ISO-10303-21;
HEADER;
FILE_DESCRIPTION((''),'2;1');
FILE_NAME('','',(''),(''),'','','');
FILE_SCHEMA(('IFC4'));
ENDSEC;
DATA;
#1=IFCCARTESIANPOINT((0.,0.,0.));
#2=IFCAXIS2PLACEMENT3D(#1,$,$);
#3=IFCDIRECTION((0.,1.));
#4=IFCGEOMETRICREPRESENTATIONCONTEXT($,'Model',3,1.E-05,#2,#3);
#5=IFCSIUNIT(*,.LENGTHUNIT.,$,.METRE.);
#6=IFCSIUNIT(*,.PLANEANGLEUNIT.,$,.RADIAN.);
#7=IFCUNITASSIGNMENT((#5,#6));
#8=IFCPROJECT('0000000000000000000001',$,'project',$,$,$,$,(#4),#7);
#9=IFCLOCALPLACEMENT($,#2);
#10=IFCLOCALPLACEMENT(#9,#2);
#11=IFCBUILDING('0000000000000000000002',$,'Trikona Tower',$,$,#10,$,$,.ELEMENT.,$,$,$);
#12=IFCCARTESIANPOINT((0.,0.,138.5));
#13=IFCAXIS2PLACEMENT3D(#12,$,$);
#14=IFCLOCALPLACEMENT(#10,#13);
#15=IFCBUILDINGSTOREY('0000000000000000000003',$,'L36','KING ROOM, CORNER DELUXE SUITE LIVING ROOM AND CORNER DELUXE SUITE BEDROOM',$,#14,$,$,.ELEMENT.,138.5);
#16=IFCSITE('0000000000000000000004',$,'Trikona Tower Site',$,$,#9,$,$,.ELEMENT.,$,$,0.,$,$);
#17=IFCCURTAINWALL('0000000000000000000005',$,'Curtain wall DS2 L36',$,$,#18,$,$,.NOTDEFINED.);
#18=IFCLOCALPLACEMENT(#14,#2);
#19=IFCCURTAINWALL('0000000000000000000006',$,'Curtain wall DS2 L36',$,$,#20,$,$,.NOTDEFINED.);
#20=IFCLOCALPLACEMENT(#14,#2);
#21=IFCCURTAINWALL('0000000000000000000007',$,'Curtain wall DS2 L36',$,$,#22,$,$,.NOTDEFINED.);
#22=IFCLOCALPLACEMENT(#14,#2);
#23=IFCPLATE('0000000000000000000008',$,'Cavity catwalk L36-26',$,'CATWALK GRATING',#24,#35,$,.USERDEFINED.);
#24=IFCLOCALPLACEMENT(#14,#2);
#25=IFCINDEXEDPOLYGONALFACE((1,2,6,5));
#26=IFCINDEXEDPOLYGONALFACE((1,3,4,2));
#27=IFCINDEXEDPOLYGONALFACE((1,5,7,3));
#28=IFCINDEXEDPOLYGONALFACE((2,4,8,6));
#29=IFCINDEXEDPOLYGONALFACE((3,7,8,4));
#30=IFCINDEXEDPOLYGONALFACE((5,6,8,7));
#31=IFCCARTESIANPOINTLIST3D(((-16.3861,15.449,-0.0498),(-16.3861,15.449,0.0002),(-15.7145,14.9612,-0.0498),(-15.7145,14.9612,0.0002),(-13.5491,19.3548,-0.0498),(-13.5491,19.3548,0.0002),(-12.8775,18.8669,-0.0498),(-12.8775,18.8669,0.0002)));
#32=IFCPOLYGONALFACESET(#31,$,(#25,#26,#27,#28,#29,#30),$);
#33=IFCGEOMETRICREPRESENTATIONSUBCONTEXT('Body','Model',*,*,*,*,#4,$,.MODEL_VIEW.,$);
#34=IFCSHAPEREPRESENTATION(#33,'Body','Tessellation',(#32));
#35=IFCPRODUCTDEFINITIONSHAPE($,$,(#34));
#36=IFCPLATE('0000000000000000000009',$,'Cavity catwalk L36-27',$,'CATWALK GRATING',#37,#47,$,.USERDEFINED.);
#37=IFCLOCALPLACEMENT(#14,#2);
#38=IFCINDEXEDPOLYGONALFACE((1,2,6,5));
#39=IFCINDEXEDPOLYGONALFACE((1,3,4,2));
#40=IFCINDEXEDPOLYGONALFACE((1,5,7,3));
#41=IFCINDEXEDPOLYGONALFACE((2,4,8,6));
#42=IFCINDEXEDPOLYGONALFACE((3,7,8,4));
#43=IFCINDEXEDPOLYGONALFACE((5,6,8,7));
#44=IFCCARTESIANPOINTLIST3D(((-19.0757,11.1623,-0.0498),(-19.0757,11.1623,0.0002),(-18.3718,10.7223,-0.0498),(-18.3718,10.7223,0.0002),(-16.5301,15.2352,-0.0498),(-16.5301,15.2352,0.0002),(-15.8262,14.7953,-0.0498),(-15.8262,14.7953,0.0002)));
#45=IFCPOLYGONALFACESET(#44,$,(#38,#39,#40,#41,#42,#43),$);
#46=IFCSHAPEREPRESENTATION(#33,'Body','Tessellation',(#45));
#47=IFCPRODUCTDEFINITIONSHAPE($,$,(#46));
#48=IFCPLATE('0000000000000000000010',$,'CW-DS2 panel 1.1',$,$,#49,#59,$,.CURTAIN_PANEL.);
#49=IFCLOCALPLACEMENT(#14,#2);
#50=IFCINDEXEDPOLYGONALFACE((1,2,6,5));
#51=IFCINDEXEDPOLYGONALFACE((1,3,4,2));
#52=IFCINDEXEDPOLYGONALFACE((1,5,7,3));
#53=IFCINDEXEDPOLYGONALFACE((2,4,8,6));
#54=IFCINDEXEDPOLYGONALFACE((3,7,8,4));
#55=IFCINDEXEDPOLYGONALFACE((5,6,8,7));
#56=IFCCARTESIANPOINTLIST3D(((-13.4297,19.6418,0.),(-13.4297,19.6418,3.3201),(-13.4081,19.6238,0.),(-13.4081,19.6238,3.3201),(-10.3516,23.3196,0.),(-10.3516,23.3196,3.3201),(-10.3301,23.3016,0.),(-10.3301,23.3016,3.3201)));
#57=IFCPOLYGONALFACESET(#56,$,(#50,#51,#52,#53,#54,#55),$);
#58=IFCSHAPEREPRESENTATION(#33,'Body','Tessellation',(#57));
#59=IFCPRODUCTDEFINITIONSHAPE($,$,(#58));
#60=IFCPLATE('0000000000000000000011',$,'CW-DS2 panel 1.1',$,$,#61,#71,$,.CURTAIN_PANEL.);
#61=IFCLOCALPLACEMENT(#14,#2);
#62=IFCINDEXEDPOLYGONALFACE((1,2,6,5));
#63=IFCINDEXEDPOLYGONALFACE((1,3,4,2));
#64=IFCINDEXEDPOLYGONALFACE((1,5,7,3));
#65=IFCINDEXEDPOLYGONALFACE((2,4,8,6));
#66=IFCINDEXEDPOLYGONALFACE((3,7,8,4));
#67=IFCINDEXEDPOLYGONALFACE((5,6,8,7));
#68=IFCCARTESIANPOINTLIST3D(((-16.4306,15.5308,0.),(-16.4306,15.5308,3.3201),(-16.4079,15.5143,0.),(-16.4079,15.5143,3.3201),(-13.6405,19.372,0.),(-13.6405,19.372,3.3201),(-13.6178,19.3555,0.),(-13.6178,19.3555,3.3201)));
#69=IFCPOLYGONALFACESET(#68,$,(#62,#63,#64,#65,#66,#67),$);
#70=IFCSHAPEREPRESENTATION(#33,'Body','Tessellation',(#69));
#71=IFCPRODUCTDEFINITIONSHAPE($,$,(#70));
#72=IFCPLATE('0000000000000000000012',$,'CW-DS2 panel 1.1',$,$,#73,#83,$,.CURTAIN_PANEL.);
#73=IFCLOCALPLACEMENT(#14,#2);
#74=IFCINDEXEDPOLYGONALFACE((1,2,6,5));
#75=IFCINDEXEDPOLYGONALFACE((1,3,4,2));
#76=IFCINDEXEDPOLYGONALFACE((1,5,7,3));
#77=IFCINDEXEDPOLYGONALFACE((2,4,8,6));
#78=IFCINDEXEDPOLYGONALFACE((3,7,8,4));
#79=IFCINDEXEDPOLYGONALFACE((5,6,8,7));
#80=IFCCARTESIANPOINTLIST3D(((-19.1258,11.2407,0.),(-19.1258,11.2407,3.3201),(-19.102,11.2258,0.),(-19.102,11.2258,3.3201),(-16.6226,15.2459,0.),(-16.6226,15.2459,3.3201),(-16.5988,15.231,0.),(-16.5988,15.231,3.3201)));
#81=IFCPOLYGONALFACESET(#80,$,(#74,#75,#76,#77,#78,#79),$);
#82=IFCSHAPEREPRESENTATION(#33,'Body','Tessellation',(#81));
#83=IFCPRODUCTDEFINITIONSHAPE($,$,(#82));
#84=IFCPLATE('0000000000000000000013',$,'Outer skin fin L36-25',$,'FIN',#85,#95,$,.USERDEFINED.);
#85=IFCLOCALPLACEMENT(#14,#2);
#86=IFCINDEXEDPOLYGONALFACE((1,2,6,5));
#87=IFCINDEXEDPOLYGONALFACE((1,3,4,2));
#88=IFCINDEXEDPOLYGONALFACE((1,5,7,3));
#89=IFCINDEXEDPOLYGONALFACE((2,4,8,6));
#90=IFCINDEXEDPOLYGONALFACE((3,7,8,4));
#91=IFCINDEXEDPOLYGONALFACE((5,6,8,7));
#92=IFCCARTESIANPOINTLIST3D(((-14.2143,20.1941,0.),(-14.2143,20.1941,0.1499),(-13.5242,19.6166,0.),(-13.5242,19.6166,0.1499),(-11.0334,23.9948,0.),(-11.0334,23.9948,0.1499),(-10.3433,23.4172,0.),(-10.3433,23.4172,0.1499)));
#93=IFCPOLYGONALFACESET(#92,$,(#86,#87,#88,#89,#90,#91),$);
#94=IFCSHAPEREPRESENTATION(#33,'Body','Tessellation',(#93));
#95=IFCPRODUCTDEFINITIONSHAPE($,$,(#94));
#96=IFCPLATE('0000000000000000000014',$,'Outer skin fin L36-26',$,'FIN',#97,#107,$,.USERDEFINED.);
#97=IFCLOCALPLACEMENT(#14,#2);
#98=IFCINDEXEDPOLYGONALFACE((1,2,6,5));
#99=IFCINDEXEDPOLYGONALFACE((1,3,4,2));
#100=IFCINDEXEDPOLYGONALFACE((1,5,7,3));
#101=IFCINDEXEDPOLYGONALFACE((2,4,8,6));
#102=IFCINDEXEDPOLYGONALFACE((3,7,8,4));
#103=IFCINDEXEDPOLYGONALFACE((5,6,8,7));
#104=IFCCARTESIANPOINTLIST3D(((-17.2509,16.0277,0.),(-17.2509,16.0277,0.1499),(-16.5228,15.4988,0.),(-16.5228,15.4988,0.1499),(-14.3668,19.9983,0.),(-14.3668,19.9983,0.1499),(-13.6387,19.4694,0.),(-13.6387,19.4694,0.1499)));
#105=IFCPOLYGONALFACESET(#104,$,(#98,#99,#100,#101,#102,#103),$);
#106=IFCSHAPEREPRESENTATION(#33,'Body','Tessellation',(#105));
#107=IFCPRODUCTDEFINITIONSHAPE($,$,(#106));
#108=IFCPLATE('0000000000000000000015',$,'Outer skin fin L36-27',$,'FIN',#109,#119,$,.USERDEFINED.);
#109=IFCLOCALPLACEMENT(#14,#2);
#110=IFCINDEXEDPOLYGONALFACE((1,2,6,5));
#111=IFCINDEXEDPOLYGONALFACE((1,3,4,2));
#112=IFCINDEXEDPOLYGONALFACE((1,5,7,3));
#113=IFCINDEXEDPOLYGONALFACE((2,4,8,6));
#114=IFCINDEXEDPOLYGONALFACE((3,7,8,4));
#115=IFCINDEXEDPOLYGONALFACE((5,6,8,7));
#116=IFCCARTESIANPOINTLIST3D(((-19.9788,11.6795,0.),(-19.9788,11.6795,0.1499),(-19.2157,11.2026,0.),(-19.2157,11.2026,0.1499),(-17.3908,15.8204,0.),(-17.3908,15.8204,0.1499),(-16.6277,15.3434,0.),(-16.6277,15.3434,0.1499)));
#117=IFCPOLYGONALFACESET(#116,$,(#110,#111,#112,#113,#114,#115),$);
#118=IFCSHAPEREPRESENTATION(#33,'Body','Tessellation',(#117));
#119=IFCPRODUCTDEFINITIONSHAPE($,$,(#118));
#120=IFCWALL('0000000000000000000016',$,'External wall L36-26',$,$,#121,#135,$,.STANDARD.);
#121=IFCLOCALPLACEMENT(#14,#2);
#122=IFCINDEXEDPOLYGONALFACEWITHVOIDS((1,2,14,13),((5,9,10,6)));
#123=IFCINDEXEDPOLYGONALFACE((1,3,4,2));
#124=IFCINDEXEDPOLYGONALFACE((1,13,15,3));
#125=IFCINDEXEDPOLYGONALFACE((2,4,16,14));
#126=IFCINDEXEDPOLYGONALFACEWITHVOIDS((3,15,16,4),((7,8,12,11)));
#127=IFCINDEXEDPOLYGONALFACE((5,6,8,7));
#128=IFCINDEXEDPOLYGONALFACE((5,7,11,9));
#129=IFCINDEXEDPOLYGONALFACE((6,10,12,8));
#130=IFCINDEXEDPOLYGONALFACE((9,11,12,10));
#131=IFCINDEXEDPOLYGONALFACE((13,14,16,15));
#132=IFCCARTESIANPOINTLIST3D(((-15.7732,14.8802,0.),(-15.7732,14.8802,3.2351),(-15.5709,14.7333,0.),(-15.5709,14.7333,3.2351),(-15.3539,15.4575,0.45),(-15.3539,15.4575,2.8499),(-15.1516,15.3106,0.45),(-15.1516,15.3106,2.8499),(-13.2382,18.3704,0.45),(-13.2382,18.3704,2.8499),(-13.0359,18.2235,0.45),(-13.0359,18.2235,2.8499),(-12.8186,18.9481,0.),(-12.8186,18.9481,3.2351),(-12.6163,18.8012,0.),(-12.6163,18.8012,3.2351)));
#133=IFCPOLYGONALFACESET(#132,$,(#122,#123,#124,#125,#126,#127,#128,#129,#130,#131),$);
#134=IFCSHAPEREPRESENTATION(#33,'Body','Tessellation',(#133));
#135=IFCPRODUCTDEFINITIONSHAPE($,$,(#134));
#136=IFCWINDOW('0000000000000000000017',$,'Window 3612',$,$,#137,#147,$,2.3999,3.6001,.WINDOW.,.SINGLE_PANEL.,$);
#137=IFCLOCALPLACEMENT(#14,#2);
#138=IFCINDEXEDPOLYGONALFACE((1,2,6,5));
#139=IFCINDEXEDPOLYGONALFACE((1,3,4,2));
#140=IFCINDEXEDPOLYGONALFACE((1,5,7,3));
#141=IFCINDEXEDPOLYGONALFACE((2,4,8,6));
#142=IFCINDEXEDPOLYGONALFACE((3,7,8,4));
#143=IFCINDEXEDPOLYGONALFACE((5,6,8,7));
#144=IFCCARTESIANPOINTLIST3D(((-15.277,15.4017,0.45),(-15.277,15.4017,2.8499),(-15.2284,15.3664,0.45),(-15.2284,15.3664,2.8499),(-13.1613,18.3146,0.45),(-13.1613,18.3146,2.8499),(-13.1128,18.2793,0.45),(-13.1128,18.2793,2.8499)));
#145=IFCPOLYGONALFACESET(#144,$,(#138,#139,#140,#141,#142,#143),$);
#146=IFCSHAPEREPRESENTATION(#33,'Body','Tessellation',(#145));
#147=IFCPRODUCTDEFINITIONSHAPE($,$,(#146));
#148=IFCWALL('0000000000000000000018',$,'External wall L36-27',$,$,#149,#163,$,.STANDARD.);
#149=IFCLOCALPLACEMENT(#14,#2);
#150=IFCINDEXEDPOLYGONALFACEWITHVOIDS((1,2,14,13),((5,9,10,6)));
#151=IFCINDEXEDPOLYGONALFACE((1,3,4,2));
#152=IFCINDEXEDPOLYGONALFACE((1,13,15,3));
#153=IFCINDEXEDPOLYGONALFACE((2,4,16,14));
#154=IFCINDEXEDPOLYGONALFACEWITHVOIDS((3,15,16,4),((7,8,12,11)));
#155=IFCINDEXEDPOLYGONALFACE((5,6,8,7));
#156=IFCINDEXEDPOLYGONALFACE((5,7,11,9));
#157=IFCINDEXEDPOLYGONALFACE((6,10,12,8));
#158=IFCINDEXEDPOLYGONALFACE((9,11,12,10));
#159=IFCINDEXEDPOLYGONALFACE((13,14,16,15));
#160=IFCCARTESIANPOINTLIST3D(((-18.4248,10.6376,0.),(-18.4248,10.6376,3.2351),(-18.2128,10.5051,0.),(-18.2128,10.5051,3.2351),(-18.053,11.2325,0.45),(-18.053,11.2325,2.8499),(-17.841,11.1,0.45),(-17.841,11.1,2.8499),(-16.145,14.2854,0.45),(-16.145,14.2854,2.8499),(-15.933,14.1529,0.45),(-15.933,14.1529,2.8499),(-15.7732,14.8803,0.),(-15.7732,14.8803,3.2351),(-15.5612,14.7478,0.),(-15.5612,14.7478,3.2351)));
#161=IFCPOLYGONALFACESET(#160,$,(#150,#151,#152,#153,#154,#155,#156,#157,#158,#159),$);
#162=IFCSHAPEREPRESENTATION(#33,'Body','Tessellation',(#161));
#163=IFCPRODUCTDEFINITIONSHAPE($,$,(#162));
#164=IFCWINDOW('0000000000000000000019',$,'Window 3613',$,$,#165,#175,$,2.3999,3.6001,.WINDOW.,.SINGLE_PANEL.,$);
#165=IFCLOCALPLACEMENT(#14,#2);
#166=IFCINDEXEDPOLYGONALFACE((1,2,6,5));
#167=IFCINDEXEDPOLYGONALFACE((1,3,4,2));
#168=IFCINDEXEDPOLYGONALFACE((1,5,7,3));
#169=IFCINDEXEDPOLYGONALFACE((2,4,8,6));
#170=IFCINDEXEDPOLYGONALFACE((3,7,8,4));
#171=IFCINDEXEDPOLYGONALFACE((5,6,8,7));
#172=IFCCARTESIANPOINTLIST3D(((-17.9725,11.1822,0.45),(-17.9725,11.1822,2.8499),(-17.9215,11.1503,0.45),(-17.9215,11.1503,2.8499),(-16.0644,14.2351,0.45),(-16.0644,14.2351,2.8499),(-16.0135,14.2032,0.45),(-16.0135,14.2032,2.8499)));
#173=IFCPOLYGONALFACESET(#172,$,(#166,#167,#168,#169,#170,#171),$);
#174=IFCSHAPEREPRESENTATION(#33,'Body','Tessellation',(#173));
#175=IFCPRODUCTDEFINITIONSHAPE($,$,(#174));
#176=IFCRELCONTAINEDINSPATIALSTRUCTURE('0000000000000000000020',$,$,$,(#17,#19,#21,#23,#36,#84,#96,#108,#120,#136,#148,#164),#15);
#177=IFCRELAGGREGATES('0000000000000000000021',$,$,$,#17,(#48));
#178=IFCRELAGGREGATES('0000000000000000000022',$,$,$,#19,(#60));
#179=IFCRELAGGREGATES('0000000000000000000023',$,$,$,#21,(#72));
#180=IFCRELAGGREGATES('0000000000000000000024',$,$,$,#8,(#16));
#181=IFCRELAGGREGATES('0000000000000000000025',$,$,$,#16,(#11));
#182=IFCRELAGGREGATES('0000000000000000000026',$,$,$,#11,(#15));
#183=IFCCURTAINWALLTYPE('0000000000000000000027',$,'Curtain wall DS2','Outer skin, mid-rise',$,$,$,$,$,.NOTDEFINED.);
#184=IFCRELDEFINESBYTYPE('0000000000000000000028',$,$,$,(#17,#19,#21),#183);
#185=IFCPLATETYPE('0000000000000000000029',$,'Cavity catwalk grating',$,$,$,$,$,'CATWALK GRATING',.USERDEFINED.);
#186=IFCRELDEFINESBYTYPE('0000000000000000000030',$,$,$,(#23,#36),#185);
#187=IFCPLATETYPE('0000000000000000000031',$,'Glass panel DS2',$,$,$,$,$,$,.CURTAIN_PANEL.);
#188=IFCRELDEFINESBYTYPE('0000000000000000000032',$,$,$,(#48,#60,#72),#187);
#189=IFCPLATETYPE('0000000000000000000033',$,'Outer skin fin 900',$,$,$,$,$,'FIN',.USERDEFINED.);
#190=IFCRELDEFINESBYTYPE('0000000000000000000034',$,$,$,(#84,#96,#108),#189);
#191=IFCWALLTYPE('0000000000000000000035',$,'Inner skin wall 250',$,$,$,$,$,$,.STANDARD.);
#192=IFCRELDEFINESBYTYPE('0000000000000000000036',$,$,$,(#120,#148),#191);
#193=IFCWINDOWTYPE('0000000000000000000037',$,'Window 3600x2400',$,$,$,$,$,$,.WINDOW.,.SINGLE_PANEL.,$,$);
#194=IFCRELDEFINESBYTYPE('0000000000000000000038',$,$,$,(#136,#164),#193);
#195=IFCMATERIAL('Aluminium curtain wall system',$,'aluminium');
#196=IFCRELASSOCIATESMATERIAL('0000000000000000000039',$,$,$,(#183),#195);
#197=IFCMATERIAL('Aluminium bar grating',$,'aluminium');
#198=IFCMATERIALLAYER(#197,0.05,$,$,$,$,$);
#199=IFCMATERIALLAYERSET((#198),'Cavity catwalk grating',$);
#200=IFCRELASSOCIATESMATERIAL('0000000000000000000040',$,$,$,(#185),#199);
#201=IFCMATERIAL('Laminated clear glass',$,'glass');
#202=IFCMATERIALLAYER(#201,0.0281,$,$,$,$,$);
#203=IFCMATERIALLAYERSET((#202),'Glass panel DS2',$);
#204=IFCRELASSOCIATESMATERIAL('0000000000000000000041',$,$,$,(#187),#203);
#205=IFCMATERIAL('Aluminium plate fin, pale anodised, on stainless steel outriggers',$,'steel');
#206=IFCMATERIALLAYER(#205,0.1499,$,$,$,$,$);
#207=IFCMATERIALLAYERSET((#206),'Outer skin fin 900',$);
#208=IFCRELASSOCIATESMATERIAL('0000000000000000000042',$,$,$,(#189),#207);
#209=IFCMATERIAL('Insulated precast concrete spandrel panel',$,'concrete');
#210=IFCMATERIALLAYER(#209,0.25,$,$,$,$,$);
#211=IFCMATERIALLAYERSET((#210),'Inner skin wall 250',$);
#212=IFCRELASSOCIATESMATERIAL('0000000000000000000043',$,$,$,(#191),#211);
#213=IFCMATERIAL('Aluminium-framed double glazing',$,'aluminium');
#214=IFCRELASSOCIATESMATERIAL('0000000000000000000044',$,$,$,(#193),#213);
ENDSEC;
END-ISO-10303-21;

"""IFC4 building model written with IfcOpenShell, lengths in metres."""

from ifc_helpers import new_model, si_unit, direction, frame, frame_2d, origin, origin_2d, place, context, subcontext, project, spatial, rectangle, extrude, material, layer, layer_set, type_object, element, fill, aggregate, save


model = new_model("IFC4")

# Units and contexts
model_context = context("Model", 3, precision=1e-05, world=origin(), true_north=direction((0.0, 1.0)))
body_context = subcontext(model_context, "Body", "Model", "MODEL_VIEW")
ifc_project = project(units=[si_unit("LENGTHUNIT", "METRE"), si_unit("PLANEANGLEUNIT", "RADIAN")], contexts=[model_context])

# Site, building, storey
site_placement = place(None, origin())
site = spatial("IfcSite", under=ifc_project, at=site_placement, Name="Trikona Tower Site", CompositionType="ELEMENT", RefElevation=0.0)
building_placement = place(site_placement, origin())
building = spatial("IfcBuilding", under=site, at=building_placement, Name="Trikona Tower", CompositionType="ELEMENT")
storey_placement = place(building_placement, frame((0.0, 0.0, 138.5)))
storey = spatial("IfcBuildingStorey", under=building, at=storey_placement, Name="L36", Description="KING ROOM, CORNER DELUXE SUITE LIVING ROOM AND CORNER DELUXE SUITE BEDROOM", CompositionType="ELEMENT", Elevation=138.5)

# Shared definitions
ifc_material_1 = material(Name="Aluminium curtain wall system", Category="aluminium")
curtain_wall_type = type_object("IfcCurtainWallType", Name="Curtain wall DS2", Description="Outer skin, mid-rise", PredefinedType="NOTDEFINED", material=ifc_material_1)

# Curtain walls
curtain_wall_1_placement = place(storey_placement, origin())
curtain_wall_1 = element("IfcCurtainWall", 1, at=curtain_wall_1_placement, inside=storey, type_object=curtain_wall_type, Name="Curtain wall DS2 L36", PredefinedType="NOTDEFINED")
curtain_wall_2_placement = place(storey_placement, origin())
curtain_wall_2 = element("IfcCurtainWall", 2, at=curtain_wall_2_placement, inside=storey, type_object=curtain_wall_type, Name="Curtain wall DS2 L36", PredefinedType="NOTDEFINED")

# Curtain wall
curtain_wall_3_placement = place(storey_placement, origin())
curtain_wall_3 = element("IfcCurtainWall", 3, at=curtain_wall_3_placement, inside=storey, type_object=curtain_wall_type, Name="Curtain wall DS2 L36", PredefinedType="NOTDEFINED")

# Plates
ifc_material_2 = material(Name="Aluminium bar grating", Category="aluminium")
ifc_layer_1 = layer(ifc_material_2, 0.05)
ifc_layer_set_1 = layer_set([ifc_layer_1], Name="Cavity catwalk grating")
plate_type_1 = type_object("IfcPlateType", Name="Cavity catwalk grating", ElementType="CATWALK GRATING", PredefinedType="USERDEFINED", material=ifc_layer_set_1)
plate_1_placement = place(storey_placement, frame((-14.6318, 17.158, -0.0498), z_axis=(0.0, 0.0, 1.0), x_axis=(-0.587686, -0.809089, 0.0)))
element("IfcPlate", 4, at=plate_1_placement, inside=storey, type_object=plate_type_1, Name="Cavity catwalk L36-26", ObjectType="CATWALK GRATING", PredefinedType="USERDEFINED", context=body_context, shape_type="SweptSolid", body=[
    extrude(rectangle(XDim=4.8274, YDim=0.8301, at=origin_2d()), origin(), (0.0, 0.0, 1.0), 0.05),
])
plate_2_placement = place(storey_placement, frame((-17.4509, 12.9788, -0.0498), z_axis=(0.0, 0.0, 1.0), x_axis=(-0.529995, -0.848001, 0.0)))
element("IfcPlate", 5, at=plate_2_placement, inside=storey, type_object=plate_type_1, Name="Cavity catwalk L36-27", ObjectType="CATWALK GRATING", PredefinedType="USERDEFINED", context=body_context, shape_type="SweptSolid", body=[
    extrude(rectangle(XDim=4.803, YDim=0.8301, at=origin_2d()), origin(), (0.0, 0.0, 1.0), 0.05),
])

# Plates
ifc_material_3 = material(Name="Laminated clear glass", Category="glass")
ifc_layer_2 = layer(ifc_material_3, 0.0281)
ifc_layer_set_2 = layer_set([ifc_layer_2], Name="Glass panel DS2")
plate_type_2 = type_object("IfcPlateType", Name="Glass panel DS2", PredefinedType="CURTAIN_PANEL", material=ifc_layer_set_2)
plate_3_placement = place(storey_placement, frame((-11.8799, 21.4717, 0.0), z_axis=(0.0, 0.0, 1.0), x_axis=(-0.641806, -0.766867, 0.0)))
plate_3 = element("IfcPlate", 6, at=plate_3_placement, type_object=plate_type_2, Name="CW-DS2 panel 1.1", PredefinedType="CURTAIN_PANEL", context=body_context, shape_type="SweptSolid", body=[
    extrude(rectangle(XDim=4.7959, YDim=0.0281, at=origin_2d()), origin(), (0.0, 0.0, 1.0), 3.3201),
])
aggregate(curtain_wall_1, [plate_3])
plate_4_placement = place(storey_placement, frame((-15.0242, 17.4431, 0.0), z_axis=(0.0, 0.0, 1.0), x_axis=(-0.587691, -0.809086, 0.0)))
plate_4 = element("IfcPlate", 7, at=plate_4_placement, type_object=plate_type_2, Name="CW-DS2 panel 1.1", PredefinedType="CURTAIN_PANEL", context=body_context, shape_type="SweptSolid", body=[
    extrude(rectangle(XDim=4.7476, YDim=0.0281, at=origin_2d()), origin(), (0.0, 0.0, 1.0), 3.3201),
])
aggregate(curtain_wall_2, [plate_4])
plate_5_placement = place(storey_placement, frame((-17.8623, 13.2358, 0.0), z_axis=(0.0, 0.0, 1.0), x_axis=(-0.529999, -0.847998, 0.0)))
plate_5 = element("IfcPlate", 8, at=plate_5_placement, type_object=plate_type_2, Name="CW-DS2 panel 1.1", PredefinedType="CURTAIN_PANEL", context=body_context, shape_type="SweptSolid", body=[
    extrude(rectangle(XDim=4.7231, YDim=0.0281, at=origin_2d()), origin(), (0.0, 0.0, 1.0), 3.3201),
])
aggregate(curtain_wall_3, [plate_5])

# Plates
ifc_material_4 = material(Name="Aluminium plate fin, pale anodised, on stainless steel outriggers", Category="steel")
ifc_layer_3 = layer(ifc_material_4, 0.1499)
ifc_layer_set_3 = layer_set([ifc_layer_3], Name="Outer skin fin 900")
plate_type_3 = type_object("IfcPlateType", Name="Outer skin fin 900", ElementType="FIN", PredefinedType="USERDEFINED", material=ifc_layer_set_3)
plate_6_placement = place(storey_placement, frame((-12.2788, 21.8057, 0.0), z_axis=(0.0, 0.0, 1.0), x_axis=(-0.641807, -0.766866, 0.0)))
element("IfcPlate", 9, at=plate_6_placement, inside=storey, type_object=plate_type_3, Name="Outer skin fin L36-25", ObjectType="FIN", PredefinedType="USERDEFINED", context=body_context, shape_type="SweptSolid", body=[
    extrude(rectangle(XDim=4.9561, YDim=0.8999, at=origin_2d()), origin(), (0.0, 0.0, 1.0), 0.1499),
])
plate_7_placement = place(storey_placement, frame((-15.4448, 17.7485, 0.0), z_axis=(0.0, 0.0, 1.0), x_axis=(-0.587686, -0.809089, 0.0)))
element("IfcPlate", 10, at=plate_7_placement, inside=storey, type_object=plate_type_3, Name="Outer skin fin L36-26", ObjectType="FIN", PredefinedType="USERDEFINED", context=body_context, shape_type="SweptSolid", body=[
    extrude(rectangle(XDim=4.9075, YDim=0.8999, at=origin_2d()), origin(), (0.0, 0.0, 1.0), 0.1499),
])
plate_8_placement = place(storey_placement, frame((-18.3032, 13.5115, 0.0), z_axis=(0.0, 0.0, 1.0), x_axis=(-0.529995, -0.848001, 0.0)))
element("IfcPlate", 11, at=plate_8_placement, inside=storey, type_object=plate_type_3, Name="Outer skin fin L36-27", ObjectType="FIN", PredefinedType="USERDEFINED", context=body_context, shape_type="SweptSolid", body=[
    extrude(rectangle(XDim=4.8831, YDim=0.8999, at=origin_2d()), origin(), (0.0, 0.0, 1.0), 0.1499),
])

# Walls, openings, windows
ifc_material_5 = material(Name="Insulated precast concrete spandrel panel", Category="concrete")
ifc_layer_4 = layer(ifc_material_5, 0.25)
ifc_layer_set_4 = layer_set([ifc_layer_4], Name="Inner skin wall 250")
wall_type = type_object("IfcWallType", Name="Inner skin wall 250", PredefinedType="STANDARD", material=ifc_layer_set_4)
wall_1_placement = place(storey_placement, frame((-12.7175, 18.8745, 0.0), z_axis=(0.0, 0.0, 1.0), x_axis=(-0.587669, -0.809101, 0.0)))
wall_1 = element("IfcWall", 12, at=wall_1_placement, inside=storey, type_object=wall_type, Name="External wall L36-26", PredefinedType="STANDARD", context=body_context, shape_type="SweptSolid", body=[
    extrude(rectangle(XDim=5.0276, YDim=0.25, at=frame_2d((2.5137, 0.0))), origin(), (0.0, 0.0, 1.0), 3.2351),
])
opening_1_placement = place(wall_1_placement, frame((0.7139, 0.0, 0.45)))
opening_1 = element("IfcOpeningElement", 13, at=opening_1_placement, cuts=wall_1, PredefinedType="OPENING", context=body_context, shape_type="SweptSolid", body=[
    extrude(rectangle(XDim=3.6001, YDim=2.3999, at=frame_2d((1.8, 1.2))), frame((0.0, 0.135, 0.0), z_axis=(0.0, -1.0, 0.0), x_axis=(1.0, 0.0, 0.0)), (0.0, 0.0, 1.0), 0.27),
])
ifc_material_6 = material(Name="Aluminium-framed double glazing", Category="aluminium")
window_type = type_object("IfcWindowType", Name="Window 3600x2400", PartitioningType="SINGLE_PANEL", PredefinedType="WINDOW", material=ifc_material_6)
window_1_placement = place(opening_1_placement, origin())
window_1 = element("IfcWindow", 14, at=window_1_placement, inside=storey, type_object=window_type, Name="Window 3612", OverallHeight=2.3999, OverallWidth=3.6001, PartitioningType="SINGLE_PANEL", PredefinedType="WINDOW", context=body_context, shape_type="SweptSolid", body=[
    extrude(rectangle(XDim=3.6001, YDim=2.3999, at=frame_2d((1.8, 1.2))), frame((0.0, 0.03, 0.0), z_axis=(0.0, -1.0, 0.0), x_axis=(1.0, 0.0, 0.0)), (0.0, 0.0, 1.0), 0.0601),
])
fill(opening_1, window_1)
wall_2_placement = place(storey_placement, frame((-15.6672, 14.814, 0.0), z_axis=(0.0, 0.0, 1.0), x_axis=(-0.52999, -0.848004, 0.0)))
wall_2 = element("IfcWall", 15, at=wall_2_placement, inside=storey, type_object=wall_type, Name="External wall L36-27", PredefinedType="STANDARD", context=body_context, shape_type="SweptSolid", body=[
    extrude(rectangle(XDim=5.0032, YDim=0.25, at=frame_2d((2.5015, 0.0))), origin(), (0.0, 0.0, 1.0), 3.2351),
])
opening_2_placement = place(wall_2_placement, frame((0.7014, 0.0, 0.45)))
opening_2 = element("IfcOpeningElement", 16, at=opening_2_placement, cuts=wall_2, PredefinedType="OPENING", context=body_context, shape_type="SweptSolid", body=[
    extrude(rectangle(XDim=3.6001, YDim=2.3999, at=frame_2d((1.8, 1.2))), frame((0.0, 0.135, 0.0), z_axis=(0.0, -1.0, 0.0), x_axis=(1.0, 0.0, 0.0)), (0.0, 0.0, 1.0), 0.27),
])
window_2_placement = place(opening_2_placement, origin())
window_2 = element("IfcWindow", 17, at=window_2_placement, inside=storey, type_object=window_type, Name="Window 3613", OverallHeight=2.3999, OverallWidth=3.6001, PartitioningType="SINGLE_PANEL", PredefinedType="WINDOW", context=body_context, shape_type="SweptSolid", body=[
    extrude(rectangle(XDim=3.6001, YDim=2.3999, at=frame_2d((1.8, 1.2))), frame((0.0, 0.03, 0.0), z_axis=(0.0, -1.0, 0.0), x_axis=(1.0, 0.0, 0.0)), (0.0, 0.0, 1.0), 0.0601),
])
fill(opening_2, window_2)

save(model, "model.ifc")
